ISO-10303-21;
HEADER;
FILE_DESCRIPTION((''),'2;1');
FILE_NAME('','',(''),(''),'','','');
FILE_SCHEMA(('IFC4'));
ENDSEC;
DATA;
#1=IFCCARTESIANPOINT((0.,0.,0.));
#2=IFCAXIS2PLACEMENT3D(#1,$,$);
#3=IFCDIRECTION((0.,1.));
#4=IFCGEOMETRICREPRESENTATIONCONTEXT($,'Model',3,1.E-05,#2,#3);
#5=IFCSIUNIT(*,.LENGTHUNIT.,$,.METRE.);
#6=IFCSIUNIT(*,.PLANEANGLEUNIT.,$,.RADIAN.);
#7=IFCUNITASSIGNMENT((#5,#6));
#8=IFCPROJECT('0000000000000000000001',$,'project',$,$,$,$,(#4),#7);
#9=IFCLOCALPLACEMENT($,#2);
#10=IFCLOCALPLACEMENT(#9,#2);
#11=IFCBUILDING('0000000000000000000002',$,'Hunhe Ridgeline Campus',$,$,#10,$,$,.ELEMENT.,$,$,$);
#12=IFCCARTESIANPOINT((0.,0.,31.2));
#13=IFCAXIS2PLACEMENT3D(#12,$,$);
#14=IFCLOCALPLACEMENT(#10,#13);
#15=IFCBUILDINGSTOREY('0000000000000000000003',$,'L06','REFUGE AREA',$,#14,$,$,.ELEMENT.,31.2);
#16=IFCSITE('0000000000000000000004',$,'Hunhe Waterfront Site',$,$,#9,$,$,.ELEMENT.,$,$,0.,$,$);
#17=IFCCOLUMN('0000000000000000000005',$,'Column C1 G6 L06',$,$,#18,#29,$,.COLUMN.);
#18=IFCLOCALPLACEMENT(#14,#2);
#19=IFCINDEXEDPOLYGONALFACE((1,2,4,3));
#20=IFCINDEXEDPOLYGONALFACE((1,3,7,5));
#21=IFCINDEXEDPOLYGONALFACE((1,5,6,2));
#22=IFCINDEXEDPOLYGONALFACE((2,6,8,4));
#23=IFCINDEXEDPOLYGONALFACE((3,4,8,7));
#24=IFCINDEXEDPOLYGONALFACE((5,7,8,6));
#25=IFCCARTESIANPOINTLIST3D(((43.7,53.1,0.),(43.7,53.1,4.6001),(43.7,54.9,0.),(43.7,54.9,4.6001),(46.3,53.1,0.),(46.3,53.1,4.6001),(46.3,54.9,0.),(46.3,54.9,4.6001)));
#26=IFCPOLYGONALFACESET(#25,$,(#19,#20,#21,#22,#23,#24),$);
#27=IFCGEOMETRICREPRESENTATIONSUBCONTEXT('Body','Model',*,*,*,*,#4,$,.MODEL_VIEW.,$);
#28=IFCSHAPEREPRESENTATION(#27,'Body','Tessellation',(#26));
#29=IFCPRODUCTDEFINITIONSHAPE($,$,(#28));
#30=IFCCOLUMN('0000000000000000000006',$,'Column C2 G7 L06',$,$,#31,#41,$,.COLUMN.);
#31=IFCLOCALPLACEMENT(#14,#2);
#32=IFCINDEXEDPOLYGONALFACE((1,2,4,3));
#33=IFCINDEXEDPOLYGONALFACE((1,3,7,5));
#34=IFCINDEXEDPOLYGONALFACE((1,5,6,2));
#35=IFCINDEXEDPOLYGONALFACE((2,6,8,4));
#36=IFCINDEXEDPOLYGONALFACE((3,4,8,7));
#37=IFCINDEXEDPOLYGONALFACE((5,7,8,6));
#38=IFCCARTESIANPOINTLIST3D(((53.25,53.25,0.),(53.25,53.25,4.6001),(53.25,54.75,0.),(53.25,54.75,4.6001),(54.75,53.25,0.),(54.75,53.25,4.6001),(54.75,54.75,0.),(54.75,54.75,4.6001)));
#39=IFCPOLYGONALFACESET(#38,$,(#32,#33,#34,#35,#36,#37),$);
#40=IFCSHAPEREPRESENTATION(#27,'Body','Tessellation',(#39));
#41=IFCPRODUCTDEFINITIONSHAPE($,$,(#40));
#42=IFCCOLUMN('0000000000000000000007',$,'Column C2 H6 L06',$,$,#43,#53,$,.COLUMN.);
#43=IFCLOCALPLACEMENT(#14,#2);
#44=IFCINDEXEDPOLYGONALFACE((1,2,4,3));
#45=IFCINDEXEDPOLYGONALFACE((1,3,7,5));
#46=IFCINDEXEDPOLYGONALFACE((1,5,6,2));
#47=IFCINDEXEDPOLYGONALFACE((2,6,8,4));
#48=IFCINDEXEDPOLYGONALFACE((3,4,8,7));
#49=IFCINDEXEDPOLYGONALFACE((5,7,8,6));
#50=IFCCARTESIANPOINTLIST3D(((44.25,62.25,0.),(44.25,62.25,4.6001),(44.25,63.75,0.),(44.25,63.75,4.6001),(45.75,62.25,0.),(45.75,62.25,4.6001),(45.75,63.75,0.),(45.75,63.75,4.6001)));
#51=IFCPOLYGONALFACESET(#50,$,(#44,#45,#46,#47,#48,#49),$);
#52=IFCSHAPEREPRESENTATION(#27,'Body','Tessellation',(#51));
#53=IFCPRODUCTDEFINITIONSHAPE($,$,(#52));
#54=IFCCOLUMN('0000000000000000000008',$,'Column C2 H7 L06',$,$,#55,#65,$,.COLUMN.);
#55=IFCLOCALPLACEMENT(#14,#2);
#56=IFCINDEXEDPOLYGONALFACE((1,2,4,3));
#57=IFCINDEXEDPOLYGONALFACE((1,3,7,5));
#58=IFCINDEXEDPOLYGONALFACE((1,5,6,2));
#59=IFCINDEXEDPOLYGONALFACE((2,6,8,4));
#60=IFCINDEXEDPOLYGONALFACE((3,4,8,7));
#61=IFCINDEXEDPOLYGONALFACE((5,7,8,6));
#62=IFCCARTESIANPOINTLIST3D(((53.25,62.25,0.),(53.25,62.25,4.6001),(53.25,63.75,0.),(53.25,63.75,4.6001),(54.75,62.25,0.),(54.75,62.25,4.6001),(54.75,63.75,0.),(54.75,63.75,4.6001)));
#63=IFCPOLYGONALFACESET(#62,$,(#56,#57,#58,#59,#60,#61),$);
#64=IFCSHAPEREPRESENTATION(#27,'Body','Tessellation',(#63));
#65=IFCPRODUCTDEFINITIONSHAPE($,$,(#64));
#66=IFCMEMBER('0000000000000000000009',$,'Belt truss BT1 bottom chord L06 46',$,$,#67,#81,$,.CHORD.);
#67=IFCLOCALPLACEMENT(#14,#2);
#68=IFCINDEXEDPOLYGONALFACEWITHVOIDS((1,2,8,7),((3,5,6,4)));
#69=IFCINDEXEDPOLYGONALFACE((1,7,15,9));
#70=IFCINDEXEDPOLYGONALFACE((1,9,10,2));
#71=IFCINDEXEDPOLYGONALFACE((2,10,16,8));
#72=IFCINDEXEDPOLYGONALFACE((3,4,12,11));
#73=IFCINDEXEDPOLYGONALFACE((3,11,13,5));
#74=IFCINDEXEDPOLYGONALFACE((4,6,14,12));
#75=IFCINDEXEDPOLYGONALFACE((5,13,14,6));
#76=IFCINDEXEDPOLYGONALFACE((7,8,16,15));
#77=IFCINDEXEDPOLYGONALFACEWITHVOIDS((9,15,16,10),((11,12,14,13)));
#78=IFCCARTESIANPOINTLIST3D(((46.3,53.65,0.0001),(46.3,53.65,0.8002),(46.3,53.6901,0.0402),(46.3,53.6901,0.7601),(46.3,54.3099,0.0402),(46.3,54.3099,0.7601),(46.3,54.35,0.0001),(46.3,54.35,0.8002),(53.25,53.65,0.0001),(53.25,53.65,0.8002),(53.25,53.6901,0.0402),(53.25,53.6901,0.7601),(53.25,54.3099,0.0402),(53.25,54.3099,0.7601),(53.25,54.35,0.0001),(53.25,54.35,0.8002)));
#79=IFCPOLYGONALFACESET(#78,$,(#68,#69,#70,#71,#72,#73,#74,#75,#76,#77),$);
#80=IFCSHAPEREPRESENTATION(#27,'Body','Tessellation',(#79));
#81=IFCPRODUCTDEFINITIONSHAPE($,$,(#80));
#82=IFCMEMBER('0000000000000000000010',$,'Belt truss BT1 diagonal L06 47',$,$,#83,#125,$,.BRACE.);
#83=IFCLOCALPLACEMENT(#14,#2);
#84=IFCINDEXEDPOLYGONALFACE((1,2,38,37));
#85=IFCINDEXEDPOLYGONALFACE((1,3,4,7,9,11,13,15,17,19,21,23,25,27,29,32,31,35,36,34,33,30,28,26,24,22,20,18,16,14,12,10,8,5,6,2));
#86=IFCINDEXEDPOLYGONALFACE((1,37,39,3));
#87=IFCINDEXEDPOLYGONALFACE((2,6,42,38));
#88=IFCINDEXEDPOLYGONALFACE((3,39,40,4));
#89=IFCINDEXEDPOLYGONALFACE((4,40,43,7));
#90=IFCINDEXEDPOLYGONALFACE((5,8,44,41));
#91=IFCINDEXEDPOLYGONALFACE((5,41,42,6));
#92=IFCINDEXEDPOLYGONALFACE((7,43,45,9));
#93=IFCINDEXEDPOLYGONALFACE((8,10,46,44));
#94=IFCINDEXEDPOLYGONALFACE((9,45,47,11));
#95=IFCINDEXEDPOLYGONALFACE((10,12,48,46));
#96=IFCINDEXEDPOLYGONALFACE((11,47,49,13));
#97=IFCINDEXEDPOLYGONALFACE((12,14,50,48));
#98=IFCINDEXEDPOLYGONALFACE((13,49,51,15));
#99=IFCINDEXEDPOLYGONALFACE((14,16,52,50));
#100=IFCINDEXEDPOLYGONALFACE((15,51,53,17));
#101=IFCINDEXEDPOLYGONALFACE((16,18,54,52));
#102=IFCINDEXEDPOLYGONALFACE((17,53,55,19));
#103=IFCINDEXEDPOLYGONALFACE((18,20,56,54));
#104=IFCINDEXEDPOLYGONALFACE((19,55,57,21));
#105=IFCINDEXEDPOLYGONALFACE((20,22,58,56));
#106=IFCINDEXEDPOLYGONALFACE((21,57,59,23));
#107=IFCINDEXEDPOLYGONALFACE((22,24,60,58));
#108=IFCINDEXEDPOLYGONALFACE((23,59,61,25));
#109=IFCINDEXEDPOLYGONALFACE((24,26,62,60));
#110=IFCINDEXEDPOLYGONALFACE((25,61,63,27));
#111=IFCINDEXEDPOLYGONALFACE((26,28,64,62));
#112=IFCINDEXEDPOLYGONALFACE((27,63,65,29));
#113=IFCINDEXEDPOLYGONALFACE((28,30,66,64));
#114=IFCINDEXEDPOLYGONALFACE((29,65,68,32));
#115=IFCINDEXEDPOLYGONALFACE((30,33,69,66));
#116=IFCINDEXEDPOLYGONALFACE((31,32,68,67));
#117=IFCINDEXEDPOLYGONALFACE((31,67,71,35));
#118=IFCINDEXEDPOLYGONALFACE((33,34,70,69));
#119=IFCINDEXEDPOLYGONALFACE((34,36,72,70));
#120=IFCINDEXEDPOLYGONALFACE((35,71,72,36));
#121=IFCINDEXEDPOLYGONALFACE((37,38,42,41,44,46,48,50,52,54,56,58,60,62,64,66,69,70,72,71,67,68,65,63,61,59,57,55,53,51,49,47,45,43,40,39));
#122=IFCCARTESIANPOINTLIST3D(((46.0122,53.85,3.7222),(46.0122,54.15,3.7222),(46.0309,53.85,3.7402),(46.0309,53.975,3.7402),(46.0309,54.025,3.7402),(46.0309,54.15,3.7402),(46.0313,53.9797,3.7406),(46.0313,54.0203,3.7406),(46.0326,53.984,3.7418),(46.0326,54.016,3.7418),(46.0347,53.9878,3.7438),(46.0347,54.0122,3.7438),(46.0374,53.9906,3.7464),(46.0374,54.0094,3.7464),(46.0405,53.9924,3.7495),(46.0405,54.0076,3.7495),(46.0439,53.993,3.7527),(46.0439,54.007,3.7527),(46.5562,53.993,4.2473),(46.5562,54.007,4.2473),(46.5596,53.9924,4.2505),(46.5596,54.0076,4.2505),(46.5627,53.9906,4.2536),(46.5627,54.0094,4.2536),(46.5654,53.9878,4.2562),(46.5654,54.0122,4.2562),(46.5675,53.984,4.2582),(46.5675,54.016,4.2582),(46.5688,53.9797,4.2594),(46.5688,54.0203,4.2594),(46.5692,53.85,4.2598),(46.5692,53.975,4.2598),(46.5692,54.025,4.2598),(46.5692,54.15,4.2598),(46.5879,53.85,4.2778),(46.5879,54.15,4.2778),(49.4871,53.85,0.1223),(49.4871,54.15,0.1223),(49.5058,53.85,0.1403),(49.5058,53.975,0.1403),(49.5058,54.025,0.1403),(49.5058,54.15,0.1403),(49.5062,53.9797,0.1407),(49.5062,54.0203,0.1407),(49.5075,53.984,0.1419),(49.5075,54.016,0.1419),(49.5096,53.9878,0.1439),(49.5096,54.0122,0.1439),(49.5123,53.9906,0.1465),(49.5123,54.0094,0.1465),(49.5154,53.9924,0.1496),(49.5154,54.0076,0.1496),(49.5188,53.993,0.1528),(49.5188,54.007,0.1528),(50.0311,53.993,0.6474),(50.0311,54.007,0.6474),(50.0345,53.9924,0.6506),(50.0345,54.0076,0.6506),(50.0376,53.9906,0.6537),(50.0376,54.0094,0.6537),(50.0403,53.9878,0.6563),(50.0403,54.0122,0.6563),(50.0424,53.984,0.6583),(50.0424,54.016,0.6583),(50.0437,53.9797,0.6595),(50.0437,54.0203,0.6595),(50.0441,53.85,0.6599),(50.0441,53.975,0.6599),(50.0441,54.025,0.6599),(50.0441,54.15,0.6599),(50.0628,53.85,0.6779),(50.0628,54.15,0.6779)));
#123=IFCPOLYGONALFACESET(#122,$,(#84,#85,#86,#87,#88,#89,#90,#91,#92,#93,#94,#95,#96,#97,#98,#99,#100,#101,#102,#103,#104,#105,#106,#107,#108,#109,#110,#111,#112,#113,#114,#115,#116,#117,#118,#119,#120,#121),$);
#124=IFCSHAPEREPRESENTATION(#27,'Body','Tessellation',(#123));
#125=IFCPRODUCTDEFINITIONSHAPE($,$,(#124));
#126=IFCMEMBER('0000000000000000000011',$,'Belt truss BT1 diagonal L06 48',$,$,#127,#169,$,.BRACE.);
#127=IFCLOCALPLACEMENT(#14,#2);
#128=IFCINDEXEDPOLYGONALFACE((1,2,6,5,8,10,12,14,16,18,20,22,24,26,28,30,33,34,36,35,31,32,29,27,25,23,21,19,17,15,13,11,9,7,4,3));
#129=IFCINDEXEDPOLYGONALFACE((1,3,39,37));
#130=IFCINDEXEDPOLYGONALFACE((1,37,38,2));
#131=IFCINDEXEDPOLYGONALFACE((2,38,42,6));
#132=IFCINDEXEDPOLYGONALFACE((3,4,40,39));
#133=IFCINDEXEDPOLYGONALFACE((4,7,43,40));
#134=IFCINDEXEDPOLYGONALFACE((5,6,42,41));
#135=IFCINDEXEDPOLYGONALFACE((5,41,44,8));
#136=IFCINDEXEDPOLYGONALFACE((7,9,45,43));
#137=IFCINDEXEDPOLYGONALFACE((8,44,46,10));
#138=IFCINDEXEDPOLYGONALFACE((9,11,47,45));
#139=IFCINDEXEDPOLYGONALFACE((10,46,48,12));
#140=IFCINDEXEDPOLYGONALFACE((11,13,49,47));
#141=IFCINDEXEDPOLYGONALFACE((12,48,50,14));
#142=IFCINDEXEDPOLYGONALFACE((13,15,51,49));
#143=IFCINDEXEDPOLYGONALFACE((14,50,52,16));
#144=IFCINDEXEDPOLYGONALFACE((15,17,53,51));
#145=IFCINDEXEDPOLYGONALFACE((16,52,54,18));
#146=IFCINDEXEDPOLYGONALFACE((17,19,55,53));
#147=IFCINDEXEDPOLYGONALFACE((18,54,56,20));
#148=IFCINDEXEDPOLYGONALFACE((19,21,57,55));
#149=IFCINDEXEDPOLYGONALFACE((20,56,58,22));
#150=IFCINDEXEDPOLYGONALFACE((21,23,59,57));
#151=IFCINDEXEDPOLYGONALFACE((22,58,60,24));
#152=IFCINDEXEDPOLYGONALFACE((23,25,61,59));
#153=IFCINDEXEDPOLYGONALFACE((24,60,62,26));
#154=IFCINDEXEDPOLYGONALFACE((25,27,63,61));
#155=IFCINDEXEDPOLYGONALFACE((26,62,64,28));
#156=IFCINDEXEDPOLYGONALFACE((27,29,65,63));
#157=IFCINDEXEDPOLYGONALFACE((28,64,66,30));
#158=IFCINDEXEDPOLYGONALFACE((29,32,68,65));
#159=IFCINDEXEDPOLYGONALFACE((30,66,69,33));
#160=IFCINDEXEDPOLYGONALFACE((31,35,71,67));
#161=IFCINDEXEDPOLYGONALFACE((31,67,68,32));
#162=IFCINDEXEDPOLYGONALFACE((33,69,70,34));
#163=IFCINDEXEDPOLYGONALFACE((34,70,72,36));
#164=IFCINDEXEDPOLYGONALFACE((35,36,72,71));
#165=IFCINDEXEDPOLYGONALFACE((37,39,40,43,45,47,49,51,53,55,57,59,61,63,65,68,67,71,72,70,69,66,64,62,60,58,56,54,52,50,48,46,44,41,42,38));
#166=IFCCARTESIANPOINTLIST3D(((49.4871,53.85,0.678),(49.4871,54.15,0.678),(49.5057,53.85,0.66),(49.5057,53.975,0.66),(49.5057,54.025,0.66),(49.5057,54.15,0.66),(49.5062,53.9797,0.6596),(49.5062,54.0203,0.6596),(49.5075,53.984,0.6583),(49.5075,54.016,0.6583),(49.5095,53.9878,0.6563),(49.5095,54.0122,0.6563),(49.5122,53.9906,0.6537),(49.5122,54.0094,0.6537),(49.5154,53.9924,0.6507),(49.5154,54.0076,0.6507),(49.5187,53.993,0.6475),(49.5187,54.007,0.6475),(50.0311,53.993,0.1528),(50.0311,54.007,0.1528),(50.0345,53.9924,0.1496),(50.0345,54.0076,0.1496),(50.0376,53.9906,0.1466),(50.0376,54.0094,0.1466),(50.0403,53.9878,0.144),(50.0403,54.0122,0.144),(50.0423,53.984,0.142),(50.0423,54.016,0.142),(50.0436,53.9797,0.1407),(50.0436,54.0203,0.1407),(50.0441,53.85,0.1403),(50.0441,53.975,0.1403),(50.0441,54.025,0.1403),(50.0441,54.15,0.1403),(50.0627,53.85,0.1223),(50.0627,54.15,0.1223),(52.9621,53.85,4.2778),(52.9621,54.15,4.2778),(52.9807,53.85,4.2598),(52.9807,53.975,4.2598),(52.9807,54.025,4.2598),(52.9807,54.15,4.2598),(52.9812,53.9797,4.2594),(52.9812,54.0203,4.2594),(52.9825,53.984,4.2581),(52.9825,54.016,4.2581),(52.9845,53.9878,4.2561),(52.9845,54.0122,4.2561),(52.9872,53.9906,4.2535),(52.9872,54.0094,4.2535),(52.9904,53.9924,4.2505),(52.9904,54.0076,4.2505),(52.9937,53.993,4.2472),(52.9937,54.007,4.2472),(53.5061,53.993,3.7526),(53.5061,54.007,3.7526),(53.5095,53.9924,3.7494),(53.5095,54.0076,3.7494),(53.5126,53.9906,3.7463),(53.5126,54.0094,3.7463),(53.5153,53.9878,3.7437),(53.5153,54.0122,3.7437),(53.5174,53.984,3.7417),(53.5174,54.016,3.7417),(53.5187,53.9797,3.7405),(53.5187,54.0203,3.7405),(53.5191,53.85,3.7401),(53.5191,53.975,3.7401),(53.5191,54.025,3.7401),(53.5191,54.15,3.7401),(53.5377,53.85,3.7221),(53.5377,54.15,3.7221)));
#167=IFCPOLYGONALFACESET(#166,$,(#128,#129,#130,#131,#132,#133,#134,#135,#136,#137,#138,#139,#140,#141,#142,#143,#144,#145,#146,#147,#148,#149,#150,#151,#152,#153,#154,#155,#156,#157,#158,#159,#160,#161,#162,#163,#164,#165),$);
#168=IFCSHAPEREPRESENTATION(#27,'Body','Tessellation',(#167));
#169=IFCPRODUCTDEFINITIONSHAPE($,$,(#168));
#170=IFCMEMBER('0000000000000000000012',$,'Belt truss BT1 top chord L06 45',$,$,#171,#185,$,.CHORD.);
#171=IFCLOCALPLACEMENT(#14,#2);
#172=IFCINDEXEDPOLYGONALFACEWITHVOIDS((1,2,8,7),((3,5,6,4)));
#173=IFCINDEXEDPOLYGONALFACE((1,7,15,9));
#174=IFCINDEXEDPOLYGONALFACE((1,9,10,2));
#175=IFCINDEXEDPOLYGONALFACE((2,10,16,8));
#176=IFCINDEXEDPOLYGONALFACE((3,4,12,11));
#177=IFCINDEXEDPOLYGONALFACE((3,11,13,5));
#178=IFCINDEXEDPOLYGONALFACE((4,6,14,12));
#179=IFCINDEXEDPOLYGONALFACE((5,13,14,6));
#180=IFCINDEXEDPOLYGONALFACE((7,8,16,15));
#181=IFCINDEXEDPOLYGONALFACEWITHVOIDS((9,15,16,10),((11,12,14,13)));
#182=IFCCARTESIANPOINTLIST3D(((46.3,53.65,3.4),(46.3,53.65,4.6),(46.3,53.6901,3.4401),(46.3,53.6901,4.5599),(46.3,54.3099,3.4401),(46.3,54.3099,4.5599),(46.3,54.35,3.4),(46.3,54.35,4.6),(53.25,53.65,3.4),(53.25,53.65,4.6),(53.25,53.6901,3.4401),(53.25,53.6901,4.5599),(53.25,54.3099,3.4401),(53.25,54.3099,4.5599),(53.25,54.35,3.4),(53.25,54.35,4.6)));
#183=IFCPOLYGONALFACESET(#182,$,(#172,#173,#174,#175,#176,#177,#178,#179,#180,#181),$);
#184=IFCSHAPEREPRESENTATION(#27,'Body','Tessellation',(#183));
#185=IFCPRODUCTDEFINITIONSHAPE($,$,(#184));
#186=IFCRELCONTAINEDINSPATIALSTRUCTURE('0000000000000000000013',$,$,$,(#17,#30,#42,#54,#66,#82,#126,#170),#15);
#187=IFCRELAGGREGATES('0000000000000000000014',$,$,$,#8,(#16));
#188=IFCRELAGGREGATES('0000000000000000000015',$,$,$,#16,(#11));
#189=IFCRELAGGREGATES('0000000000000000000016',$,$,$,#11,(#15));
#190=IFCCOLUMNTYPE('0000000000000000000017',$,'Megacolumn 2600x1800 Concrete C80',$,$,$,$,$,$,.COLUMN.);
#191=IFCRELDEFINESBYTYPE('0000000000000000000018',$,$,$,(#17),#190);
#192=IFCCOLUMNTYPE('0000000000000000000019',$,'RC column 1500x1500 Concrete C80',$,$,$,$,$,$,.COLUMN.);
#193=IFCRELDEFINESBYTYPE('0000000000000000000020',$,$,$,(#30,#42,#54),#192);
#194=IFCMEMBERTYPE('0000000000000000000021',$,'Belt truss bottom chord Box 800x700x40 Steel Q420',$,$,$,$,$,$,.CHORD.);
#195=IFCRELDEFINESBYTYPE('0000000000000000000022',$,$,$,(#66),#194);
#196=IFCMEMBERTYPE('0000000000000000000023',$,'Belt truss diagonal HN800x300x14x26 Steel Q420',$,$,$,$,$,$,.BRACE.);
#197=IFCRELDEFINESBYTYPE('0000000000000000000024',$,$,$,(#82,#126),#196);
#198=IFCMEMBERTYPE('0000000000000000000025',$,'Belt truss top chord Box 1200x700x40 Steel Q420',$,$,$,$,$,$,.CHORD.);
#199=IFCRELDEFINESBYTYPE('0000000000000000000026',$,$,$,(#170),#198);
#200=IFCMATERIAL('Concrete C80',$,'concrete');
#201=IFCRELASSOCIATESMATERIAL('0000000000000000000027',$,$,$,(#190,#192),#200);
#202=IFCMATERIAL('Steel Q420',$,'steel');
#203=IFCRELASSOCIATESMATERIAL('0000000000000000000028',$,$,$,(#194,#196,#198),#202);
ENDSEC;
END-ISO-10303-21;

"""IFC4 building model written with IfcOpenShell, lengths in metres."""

from ifc_helpers import new_model, si_unit, direction, frame, origin, origin_2d, place, context, subcontext, project, spatial, rectangle, hollow_rectangle, i_section, extrude, material, material_profile, profile_set, type_object, element, save


model = new_model("IFC4")

# Units and contexts
model_context = context("Model", 3, precision=1e-05, world=origin(), true_north=direction((0.0, 1.0)))
body_context = subcontext(model_context, "Body", "Model", "MODEL_VIEW")
ifc_project = project(units=[si_unit("LENGTHUNIT", "METRE"), si_unit("PLANEANGLEUNIT", "RADIAN")], contexts=[model_context])

# Site, building, storey
site_placement = place(None, origin())
site = spatial("IfcSite", under=ifc_project, at=site_placement, Name="Hunhe Waterfront Site", CompositionType="ELEMENT", RefElevation=0.0)
building_placement = place(site_placement, origin())
building = spatial("IfcBuilding", under=site, at=building_placement, Name="Hunhe Ridgeline Campus", CompositionType="ELEMENT")
storey_placement = place(building_placement, frame((0.0, 0.0, 31.2)))
storey = spatial("IfcBuildingStorey", under=building, at=storey_placement, Name="L06", Description="REFUGE AREA", CompositionType="ELEMENT", Elevation=31.2)

# Columns
ifc_material_1 = material(Name="Concrete C80", Category="concrete")
ifc_material_profile_1 = material_profile(ifc_material_1, rectangle(XDim=2.6001, YDim=1.8, at=origin_2d()))
ifc_profile_set_1 = profile_set([ifc_material_profile_1], Name="Concrete C80")
column_type_1 = type_object("IfcColumnType", Name="Megacolumn 2600x1800 Concrete C80", PredefinedType="COLUMN", material=ifc_profile_set_1)
column_placement = place(storey_placement, frame((45.0, 54.0, 0.0), z_axis=(0.0, 0.0, 1.0), x_axis=(1.0, 0.0, 0.0)))
element("IfcColumn", 1, at=column_placement, inside=storey, type_object=column_type_1, Name="Column C1 G6 L06", PredefinedType="COLUMN", context=body_context, shape_type="SweptSolid", body=[
    extrude(rectangle(XDim=2.6001, YDim=1.8, at=origin_2d()), origin(), (0.0, 0.0, 1.0), 4.6001),
])
ifc_material_profile_2 = material_profile(ifc_material_1, rectangle(XDim=1.5, YDim=1.5, at=origin_2d()))
ifc_profile_set_2 = profile_set([ifc_material_profile_2], Name="Concrete C80")
column_type_2 = type_object("IfcColumnType", Name="RC column 1500x1500 Concrete C80", PredefinedType="COLUMN", material=ifc_profile_set_2)
for number, where, z_axis, x_axis, name in (
    (2, (54.0, 54.0, 0.0), (0.0, 0.0, 1.0), (1.0, 0.0, 0.0), "Column C2 G7 L06"),
    (3, (45.0, 63.0, 0.0), (0.0, 0.0, 1.0), (1.0, 0.0, 0.0), "Column C2 H6 L06"),
    (4, (54.0, 63.0, 0.0), (0.0, 0.0, 1.0), (1.0, 0.0, 0.0), "Column C2 H7 L06"),
):
    element("IfcColumn", number, at=place(storey_placement, frame(where, z_axis=z_axis, x_axis=x_axis)), inside=storey, type_object=column_type_2, Name=name, PredefinedType="COLUMN", context=body_context, shape_type="SweptSolid", body=[
        extrude(rectangle(XDim=1.5, YDim=1.5, at=origin_2d()), origin(), (0.0, 0.0, 1.0), 4.6001),
    ])

# Members
ifc_material_2 = material(Name="Steel Q420", Category="steel")
ifc_material_profile_3 = material_profile(ifc_material_2, hollow_rectangle(XDim=0.7, YDim=0.8, WallThickness=0.04, at=origin_2d()))
ifc_profile_set_3 = profile_set([ifc_material_profile_3], Name="Steel Q420")
member_type_1 = type_object("IfcMemberType", Name="Belt truss bottom chord Box 800x700x40 Steel Q420", PredefinedType="CHORD", material=ifc_profile_set_3)
member_1_placement = place(storey_placement, frame((46.3, 54.0, 0.4001), z_axis=(1.0, 0.0, 0.0), x_axis=(0.0, 1.0, 0.0)))
element("IfcMember", 5, at=member_1_placement, inside=storey, type_object=member_type_1, Name="Belt truss BT1 bottom chord L06 46", PredefinedType="CHORD", context=body_context, shape_type="SweptSolid", body=[
    extrude(hollow_rectangle(XDim=0.7, YDim=0.8, WallThickness=0.04, at=origin_2d()), origin(), (0.0, 0.0, 1.0), 6.95),
])
ifc_material_profile_4 = material_profile(ifc_material_2, i_section(OverallWidth=0.3, OverallDepth=0.8, WebThickness=0.0139, FlangeThickness=0.0259, FilletRadius=0.0181, at=origin_2d()))
ifc_profile_set_4 = profile_set([ifc_material_profile_4], Name="Steel Q420")
member_type_2 = type_object("IfcMemberType", Name="Belt truss diagonal HN800x300x14x26 Steel Q420", PredefinedType="BRACE", material=ifc_profile_set_4)
for number, where, z_axis, x_axis, name in (
    (6, (46.3, 54.0, 4.0), (0.694505, 0.0, -0.719488), (0.0, 1.0, 0.0), "Belt truss BT1 diagonal L06 47"),
    (7, (49.7749, 54.0, 0.4001), (0.69453, 0.0, 0.719464), (0.0, 1.0, 0.0), "Belt truss BT1 diagonal L06 48"),
):
    element("IfcMember", number, at=place(storey_placement, frame(where, z_axis=z_axis, x_axis=x_axis)), inside=storey, type_object=member_type_2, Name=name, PredefinedType="BRACE", context=body_context, shape_type="SweptSolid", body=[
        extrude(i_section(OverallWidth=0.3, OverallDepth=0.8, WebThickness=0.0139, FlangeThickness=0.0259, FilletRadius=0.0181, at=origin_2d()), origin(), (0.0, 0.0, 1.0), 5.0034),
    ])
ifc_material_profile_5 = material_profile(ifc_material_2, hollow_rectangle(XDim=0.7, YDim=1.2, WallThickness=0.04, at=origin_2d()))
ifc_profile_set_5 = profile_set([ifc_material_profile_5], Name="Steel Q420")
member_type_3 = type_object("IfcMemberType", Name="Belt truss top chord Box 1200x700x40 Steel Q420", PredefinedType="CHORD", material=ifc_profile_set_5)
member_2_placement = place(storey_placement, frame((46.3, 54.0, 4.0), z_axis=(1.0, 0.0, 0.0), x_axis=(0.0, 1.0, 0.0)))
element("IfcMember", 8, at=member_2_placement, inside=storey, type_object=member_type_3, Name="Belt truss BT1 top chord L06 45", PredefinedType="CHORD", context=body_context, shape_type="SweptSolid", body=[
    extrude(hollow_rectangle(XDim=0.7, YDim=1.2, WallThickness=0.04, at=origin_2d()), origin(), (0.0, 0.0, 1.0), 6.95),
])

save(model, "model.ifc")
